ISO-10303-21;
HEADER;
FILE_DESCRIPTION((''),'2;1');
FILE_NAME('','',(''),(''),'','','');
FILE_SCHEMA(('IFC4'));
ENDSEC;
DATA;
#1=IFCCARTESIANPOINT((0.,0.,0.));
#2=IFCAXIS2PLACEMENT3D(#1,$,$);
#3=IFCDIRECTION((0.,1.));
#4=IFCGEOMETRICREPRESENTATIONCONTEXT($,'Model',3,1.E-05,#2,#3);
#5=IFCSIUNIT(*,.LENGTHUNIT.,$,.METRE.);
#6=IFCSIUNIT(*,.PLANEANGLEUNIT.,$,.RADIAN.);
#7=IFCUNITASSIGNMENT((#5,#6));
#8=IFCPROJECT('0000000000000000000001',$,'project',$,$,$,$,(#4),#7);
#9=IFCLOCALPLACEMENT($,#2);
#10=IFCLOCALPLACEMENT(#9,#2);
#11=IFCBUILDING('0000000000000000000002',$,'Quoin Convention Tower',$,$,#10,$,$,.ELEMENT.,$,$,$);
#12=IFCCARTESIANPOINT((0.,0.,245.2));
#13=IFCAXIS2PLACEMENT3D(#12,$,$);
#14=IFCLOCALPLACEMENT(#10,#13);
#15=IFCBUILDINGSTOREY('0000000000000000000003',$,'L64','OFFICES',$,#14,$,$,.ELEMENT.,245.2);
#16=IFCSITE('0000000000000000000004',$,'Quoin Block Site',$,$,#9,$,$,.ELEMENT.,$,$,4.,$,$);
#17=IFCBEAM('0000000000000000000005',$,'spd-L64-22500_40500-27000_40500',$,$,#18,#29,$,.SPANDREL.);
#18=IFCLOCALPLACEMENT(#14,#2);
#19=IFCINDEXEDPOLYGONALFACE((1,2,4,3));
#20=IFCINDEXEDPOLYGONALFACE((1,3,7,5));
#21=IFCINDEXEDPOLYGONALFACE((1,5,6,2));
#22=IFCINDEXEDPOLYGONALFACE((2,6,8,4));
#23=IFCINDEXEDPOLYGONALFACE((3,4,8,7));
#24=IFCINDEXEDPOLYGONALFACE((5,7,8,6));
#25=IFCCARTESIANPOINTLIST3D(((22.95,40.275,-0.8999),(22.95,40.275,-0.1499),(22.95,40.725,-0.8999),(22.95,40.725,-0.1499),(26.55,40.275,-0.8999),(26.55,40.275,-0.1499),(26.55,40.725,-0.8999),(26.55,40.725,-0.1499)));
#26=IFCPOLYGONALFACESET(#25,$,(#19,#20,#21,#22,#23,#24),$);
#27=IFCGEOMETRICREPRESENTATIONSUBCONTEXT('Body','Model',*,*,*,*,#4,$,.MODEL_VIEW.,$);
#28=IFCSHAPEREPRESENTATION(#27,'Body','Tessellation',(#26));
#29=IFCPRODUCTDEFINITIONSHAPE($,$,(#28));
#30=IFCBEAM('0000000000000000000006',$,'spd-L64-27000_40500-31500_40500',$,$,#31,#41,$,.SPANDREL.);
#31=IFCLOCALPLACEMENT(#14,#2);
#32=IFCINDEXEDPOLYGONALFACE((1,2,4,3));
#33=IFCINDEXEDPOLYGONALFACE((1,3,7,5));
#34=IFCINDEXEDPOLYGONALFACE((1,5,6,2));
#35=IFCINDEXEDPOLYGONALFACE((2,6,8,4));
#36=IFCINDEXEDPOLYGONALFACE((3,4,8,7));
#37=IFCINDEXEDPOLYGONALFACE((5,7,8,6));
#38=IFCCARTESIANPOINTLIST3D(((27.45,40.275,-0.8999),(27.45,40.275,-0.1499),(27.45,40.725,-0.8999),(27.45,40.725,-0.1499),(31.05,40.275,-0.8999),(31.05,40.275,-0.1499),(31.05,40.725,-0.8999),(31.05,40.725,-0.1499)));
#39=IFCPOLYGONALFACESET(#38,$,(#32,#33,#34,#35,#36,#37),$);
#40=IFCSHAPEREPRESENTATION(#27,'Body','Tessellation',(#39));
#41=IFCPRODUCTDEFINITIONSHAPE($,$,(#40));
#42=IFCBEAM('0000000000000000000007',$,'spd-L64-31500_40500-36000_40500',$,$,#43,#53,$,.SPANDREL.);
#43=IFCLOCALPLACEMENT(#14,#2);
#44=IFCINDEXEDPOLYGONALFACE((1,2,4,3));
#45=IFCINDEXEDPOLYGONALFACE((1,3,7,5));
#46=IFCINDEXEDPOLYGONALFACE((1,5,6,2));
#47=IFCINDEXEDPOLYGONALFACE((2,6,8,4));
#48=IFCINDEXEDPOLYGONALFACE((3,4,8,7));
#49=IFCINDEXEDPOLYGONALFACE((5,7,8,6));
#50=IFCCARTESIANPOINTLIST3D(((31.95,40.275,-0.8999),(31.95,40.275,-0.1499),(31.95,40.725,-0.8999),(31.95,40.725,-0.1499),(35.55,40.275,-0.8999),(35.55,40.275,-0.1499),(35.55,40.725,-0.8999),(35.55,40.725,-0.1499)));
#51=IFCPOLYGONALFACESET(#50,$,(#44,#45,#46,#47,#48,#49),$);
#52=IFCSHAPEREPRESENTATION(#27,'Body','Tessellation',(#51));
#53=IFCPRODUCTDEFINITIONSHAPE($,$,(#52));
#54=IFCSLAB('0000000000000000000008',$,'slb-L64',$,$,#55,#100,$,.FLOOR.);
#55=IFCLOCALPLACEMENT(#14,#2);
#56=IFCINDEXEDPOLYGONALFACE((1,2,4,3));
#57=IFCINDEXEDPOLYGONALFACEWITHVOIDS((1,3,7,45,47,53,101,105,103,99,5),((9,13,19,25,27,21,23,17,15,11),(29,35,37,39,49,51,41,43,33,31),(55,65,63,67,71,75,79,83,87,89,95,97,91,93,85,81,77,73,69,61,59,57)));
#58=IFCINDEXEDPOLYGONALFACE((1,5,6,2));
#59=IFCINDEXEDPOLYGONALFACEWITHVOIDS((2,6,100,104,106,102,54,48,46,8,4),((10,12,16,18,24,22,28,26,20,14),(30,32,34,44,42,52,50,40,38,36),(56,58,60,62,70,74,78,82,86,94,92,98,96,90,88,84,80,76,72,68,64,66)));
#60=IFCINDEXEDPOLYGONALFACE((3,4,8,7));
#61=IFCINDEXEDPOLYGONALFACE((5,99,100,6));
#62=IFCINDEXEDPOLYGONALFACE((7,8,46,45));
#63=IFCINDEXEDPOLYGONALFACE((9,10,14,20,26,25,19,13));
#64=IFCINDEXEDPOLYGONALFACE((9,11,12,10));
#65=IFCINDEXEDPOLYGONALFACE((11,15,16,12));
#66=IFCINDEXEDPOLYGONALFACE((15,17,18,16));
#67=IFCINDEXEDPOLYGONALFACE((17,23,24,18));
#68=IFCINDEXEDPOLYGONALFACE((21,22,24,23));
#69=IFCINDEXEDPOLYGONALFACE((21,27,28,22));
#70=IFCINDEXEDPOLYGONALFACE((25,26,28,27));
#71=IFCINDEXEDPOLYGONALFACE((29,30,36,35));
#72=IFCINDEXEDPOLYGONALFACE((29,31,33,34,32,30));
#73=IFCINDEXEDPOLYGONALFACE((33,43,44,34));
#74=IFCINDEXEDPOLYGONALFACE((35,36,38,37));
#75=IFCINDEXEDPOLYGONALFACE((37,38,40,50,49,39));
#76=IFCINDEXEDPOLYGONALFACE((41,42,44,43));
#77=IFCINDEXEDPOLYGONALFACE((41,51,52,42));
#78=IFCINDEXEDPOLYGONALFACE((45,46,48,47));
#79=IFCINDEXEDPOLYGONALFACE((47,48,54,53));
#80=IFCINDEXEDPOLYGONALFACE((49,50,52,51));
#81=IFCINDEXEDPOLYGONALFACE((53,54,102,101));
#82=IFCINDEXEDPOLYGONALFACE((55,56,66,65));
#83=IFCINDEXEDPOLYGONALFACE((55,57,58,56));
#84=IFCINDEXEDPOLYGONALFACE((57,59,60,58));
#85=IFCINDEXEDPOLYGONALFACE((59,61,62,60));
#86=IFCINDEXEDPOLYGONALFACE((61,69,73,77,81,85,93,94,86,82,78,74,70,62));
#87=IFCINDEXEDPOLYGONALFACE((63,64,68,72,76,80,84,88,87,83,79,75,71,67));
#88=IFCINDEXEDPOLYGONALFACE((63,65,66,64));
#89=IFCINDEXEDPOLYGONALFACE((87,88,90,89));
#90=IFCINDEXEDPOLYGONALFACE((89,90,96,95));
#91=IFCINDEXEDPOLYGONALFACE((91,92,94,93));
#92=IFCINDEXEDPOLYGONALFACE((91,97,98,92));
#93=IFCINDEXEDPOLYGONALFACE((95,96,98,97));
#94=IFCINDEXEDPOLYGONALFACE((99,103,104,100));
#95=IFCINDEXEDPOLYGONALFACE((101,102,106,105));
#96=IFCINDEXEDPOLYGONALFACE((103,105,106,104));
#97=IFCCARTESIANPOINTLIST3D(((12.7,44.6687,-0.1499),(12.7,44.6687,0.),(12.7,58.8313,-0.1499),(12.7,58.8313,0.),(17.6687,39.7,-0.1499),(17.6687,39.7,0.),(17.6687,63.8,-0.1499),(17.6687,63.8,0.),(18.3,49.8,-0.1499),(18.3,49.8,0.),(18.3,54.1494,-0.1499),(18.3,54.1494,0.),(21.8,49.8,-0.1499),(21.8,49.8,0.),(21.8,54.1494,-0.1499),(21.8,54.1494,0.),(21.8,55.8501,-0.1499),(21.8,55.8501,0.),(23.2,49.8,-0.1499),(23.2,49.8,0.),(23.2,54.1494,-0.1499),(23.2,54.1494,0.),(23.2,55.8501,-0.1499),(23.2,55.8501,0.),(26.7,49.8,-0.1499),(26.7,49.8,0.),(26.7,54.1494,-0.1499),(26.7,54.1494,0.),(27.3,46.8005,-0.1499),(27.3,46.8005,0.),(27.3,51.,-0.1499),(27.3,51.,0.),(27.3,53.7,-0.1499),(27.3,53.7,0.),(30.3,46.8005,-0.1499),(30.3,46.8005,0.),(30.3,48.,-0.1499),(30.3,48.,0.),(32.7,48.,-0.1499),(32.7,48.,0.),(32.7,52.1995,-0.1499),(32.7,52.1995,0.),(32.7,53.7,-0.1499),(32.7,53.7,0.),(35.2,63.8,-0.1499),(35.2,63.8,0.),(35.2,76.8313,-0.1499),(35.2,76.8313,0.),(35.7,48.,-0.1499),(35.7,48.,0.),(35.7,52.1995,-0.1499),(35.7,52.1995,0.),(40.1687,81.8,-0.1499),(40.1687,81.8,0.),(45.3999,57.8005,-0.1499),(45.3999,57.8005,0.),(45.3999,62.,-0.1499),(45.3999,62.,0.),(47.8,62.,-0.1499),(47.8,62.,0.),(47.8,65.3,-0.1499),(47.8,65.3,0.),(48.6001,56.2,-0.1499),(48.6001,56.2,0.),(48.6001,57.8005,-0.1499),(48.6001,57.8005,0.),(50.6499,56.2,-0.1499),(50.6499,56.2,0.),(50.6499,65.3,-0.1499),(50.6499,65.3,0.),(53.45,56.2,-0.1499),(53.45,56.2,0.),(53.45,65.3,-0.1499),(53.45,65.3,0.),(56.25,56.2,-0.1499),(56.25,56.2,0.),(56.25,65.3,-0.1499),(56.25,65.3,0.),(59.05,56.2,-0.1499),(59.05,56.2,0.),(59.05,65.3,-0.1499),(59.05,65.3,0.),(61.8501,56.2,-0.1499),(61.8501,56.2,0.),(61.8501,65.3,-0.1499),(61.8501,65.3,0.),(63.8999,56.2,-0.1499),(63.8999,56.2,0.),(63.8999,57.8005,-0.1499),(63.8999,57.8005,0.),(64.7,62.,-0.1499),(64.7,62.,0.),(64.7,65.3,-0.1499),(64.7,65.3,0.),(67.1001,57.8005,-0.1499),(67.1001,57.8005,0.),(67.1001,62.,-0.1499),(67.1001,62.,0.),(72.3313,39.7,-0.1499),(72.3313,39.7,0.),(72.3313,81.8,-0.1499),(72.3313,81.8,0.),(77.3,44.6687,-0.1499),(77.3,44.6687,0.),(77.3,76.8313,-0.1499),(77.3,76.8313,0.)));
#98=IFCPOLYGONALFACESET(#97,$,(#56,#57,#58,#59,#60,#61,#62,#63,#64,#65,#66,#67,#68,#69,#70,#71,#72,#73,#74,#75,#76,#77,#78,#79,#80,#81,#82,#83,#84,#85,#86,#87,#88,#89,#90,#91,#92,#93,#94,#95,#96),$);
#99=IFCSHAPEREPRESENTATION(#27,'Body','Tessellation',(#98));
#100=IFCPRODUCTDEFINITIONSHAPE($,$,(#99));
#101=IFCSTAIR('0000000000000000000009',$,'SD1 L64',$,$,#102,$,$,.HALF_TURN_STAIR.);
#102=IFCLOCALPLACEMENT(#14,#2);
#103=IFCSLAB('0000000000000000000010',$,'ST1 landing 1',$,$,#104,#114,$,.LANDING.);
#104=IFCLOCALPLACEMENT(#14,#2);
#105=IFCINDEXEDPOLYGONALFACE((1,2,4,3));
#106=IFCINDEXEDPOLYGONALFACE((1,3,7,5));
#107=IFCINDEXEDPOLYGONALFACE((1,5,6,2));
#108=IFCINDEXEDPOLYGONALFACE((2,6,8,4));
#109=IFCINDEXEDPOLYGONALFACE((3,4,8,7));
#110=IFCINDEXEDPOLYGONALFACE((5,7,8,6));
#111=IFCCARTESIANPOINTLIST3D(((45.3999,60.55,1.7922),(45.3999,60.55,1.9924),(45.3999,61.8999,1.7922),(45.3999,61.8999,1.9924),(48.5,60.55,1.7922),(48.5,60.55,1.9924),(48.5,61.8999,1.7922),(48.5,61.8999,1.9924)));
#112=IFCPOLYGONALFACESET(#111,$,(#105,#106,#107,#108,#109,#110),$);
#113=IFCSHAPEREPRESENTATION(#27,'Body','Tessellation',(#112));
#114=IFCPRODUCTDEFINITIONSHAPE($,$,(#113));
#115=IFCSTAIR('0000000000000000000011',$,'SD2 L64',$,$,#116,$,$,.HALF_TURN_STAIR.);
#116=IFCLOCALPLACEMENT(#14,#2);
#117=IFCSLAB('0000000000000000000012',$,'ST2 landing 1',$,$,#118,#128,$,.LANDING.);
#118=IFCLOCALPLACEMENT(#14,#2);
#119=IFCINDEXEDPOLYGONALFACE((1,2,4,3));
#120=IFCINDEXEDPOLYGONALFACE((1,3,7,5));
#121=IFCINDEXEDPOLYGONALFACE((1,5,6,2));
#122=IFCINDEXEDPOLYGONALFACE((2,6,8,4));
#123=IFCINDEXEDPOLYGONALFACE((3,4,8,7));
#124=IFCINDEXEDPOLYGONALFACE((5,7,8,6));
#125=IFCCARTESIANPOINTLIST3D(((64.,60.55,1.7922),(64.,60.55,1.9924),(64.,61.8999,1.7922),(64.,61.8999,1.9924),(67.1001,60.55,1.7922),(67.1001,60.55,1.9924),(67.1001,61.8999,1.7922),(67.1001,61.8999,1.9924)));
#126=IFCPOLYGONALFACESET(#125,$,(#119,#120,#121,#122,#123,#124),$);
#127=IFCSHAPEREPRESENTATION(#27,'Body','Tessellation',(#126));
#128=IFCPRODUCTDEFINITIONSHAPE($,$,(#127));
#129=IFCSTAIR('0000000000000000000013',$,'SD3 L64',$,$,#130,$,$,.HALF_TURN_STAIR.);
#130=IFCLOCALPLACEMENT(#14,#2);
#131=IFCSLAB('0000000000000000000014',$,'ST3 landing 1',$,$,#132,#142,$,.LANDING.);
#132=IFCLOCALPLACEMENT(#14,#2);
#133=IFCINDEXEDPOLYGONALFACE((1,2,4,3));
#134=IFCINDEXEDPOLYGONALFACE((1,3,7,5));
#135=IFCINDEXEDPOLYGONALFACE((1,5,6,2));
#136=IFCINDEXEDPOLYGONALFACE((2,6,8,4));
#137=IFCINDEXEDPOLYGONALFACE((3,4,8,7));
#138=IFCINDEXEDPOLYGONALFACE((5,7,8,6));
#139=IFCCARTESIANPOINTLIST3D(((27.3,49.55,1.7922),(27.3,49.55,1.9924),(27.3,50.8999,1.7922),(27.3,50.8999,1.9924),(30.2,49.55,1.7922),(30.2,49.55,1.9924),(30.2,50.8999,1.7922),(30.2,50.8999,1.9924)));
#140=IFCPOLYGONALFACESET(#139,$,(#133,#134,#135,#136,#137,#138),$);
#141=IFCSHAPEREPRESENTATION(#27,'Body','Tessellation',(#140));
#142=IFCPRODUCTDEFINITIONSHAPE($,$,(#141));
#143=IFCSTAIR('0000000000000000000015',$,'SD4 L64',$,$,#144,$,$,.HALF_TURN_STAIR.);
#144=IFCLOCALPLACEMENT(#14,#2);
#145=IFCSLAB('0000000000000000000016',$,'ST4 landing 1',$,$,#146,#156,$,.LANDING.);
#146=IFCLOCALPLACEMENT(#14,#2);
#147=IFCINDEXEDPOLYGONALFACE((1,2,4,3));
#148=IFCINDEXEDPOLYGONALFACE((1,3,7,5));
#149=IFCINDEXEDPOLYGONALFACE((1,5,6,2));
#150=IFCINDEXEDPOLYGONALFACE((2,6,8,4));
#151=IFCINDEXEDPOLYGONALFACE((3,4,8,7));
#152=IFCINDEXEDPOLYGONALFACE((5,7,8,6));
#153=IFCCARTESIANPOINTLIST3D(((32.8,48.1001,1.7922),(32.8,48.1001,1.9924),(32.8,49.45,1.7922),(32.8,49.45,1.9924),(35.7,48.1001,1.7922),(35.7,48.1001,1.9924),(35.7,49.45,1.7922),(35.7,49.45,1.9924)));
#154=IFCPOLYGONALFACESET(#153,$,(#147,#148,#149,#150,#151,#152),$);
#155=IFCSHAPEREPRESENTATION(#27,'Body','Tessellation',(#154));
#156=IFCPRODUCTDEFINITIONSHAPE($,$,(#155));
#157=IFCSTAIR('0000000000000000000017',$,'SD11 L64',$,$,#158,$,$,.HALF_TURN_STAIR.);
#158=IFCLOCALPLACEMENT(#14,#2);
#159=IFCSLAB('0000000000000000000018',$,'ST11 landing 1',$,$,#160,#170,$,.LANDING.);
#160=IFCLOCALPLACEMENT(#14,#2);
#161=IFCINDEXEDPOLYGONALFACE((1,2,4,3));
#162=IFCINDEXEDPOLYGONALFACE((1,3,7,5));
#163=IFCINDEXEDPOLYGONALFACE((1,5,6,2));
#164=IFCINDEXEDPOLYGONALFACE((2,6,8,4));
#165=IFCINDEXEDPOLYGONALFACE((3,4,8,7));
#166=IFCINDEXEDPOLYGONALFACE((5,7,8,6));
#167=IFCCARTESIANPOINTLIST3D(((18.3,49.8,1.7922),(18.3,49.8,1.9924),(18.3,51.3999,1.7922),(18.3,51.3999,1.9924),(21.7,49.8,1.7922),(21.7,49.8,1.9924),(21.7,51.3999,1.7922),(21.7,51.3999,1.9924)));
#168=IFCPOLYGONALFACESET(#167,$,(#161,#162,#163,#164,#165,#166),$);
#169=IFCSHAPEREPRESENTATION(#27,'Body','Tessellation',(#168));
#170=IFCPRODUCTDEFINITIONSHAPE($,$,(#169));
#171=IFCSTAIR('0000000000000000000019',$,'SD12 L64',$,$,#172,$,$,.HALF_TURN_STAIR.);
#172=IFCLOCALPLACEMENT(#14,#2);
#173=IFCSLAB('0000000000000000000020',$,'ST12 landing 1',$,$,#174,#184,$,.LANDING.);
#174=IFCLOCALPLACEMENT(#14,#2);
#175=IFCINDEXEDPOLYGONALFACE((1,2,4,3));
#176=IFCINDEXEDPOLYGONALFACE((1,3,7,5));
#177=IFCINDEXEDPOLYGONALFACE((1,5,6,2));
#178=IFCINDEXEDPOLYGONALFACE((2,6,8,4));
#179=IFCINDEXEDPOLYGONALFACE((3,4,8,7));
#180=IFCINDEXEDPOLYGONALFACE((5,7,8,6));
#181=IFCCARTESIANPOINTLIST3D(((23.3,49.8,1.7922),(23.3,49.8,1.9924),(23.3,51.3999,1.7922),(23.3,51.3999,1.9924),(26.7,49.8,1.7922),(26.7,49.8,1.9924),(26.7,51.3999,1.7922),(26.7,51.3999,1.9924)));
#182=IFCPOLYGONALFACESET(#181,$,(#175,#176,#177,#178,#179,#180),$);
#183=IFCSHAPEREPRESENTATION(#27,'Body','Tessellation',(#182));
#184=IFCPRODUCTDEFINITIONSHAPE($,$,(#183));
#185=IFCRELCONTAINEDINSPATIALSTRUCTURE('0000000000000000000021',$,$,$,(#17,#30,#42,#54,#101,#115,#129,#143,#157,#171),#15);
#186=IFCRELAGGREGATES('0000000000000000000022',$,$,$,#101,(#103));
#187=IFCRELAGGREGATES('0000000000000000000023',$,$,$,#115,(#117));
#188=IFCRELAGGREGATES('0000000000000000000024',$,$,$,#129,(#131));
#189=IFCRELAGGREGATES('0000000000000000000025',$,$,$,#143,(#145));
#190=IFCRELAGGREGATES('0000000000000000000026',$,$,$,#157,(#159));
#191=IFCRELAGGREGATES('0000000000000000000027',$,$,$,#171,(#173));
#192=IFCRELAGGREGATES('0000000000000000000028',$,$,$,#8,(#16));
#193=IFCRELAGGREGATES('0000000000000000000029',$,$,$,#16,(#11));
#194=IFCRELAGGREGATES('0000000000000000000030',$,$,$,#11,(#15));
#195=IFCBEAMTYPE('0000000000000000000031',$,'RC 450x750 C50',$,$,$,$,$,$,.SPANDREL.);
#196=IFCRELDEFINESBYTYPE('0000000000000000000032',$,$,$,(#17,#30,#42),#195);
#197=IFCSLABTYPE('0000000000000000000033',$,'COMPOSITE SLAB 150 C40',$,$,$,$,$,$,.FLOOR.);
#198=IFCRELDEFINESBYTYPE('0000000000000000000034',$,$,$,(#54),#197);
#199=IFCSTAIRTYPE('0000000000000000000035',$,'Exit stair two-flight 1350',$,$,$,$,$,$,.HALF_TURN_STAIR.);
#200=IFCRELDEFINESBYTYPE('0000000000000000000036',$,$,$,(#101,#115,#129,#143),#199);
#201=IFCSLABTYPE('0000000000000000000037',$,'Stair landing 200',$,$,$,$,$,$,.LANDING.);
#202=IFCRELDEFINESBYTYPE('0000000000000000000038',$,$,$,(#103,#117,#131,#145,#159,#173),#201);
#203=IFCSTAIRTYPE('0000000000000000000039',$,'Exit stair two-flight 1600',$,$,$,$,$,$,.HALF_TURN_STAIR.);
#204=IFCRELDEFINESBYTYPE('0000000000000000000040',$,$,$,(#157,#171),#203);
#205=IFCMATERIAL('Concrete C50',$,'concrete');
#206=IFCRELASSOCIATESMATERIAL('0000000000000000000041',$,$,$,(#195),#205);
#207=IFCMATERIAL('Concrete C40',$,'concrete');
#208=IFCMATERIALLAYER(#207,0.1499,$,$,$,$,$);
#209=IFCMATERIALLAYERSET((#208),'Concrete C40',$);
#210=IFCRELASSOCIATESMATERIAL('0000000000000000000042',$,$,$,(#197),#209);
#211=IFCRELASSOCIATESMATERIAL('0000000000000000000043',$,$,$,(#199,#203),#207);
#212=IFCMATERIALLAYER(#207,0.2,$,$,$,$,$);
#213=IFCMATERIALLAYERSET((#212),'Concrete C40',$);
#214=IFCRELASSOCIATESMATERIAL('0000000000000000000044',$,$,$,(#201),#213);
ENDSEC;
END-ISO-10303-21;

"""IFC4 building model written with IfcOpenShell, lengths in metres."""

from ifc_helpers import new_model, si_unit, direction, frame, origin, origin_2d, place, context, subcontext, project, spatial, polyline, rectangle, outline, extrude, material, layer, layer_set, material_profile, profile_set, type_object, element, aggregate, save


model = new_model("IFC4")

# Units and contexts
model_context = context("Model", 3, precision=1e-05, world=origin(), true_north=direction((0.0, 1.0)))
body_context = subcontext(model_context, "Body", "Model", "MODEL_VIEW")
ifc_project = project(units=[si_unit("LENGTHUNIT", "METRE"), si_unit("PLANEANGLEUNIT", "RADIAN")], contexts=[model_context])

# Site, building, storey
site_placement = place(None, origin())
site = spatial("IfcSite", under=ifc_project, at=site_placement, Name="Quoin Block Site", CompositionType="ELEMENT", RefElevation=4.0)
building_placement = place(site_placement, origin())
building = spatial("IfcBuilding", under=site, at=building_placement, Name="Quoin Convention Tower", CompositionType="ELEMENT")
storey_placement = place(building_placement, frame((0.0, 0.0, 245.2)))
storey = spatial("IfcBuildingStorey", under=building, at=storey_placement, Name="L64", Description="OFFICES", CompositionType="ELEMENT", Elevation=245.2)

# Shared definitions
ifc_material_1 = material(Name="Concrete C50", Category="concrete")

# Beams
ifc_material_profile_1 = material_profile(ifc_material_1, rectangle(XDim=0.45, YDim=0.75, at=origin_2d()), Name="RC 450x750")
ifc_profile_set_1 = profile_set([ifc_material_profile_1], Name="Concrete C50")
beam_type_1 = type_object("IfcBeamType", Name="RC 450x750 C50", PredefinedType="SPANDREL", material=ifc_profile_set_1)
for number, where, z_axis, x_axis, name in (
    (1, (22.95, 40.5, -0.5249), (1.0, 0.0, 0.0), (0.0, 1.0, 0.0), "spd-L64-22500_40500-27000_40500"),
    (2, (27.45, 40.5, -0.5249), (1.0, 0.0, 0.0), (0.0, 1.0, 0.0), "spd-L64-27000_40500-31500_40500"),
    (3, (31.95, 40.5, -0.5249), (1.0, 0.0, 0.0), (0.0, 1.0, 0.0), "spd-L64-31500_40500-36000_40500"),
):
    element("IfcBeam", number, at=place(storey_placement, frame(where, z_axis=z_axis, x_axis=x_axis)), inside=storey, type_object=beam_type_1, Name=name, PredefinedType="SPANDREL", context=body_context, shape_type="SweptSolid", body=[
        extrude(rectangle(XDim=0.45, YDim=0.75, at=origin_2d()), origin(), (0.0, 0.0, 1.0), 3.6001),
    ])

# Slab
ifc_material_2 = material(Name="Concrete C40", Category="concrete")
ifc_layer_1 = layer(ifc_material_2, 0.1499)
ifc_layer_set_1 = layer_set([ifc_layer_1], Name="Concrete C40")
slab_type_1 = type_object("IfcSlabType", Name="COMPOSITE SLAB 150 C40", PredefinedType="FLOOR", material=ifc_layer_set_1)
slab_1_placement = place(storey_placement, frame((0.0, 0.0, -0.1499)))
element("IfcSlab", 4, at=slab_1_placement, inside=storey, type_object=slab_type_1, Name="slb-L64", PredefinedType="FLOOR", context=body_context, shape_type="SweptSolid", body=[
    extrude(outline(polyline([(17.6687, 39.7), (12.7, 44.6687), (12.7, 58.8313), (17.6687, 63.8), (35.2, 63.8), (35.2, 76.8313), (40.1687, 81.8), (72.3313, 81.8), (77.3, 76.8313), (77.3, 44.6687), (72.3313, 39.7), (17.6687, 39.7)]), holes=[polyline([(27.3, 51.0), (27.3, 46.8005), (30.3, 46.8005), (30.3, 48.0), (32.7, 48.0), (35.7, 48.0), (35.7, 52.1995), (32.7, 52.1995), (32.7, 53.7), (27.3, 53.7), (27.3, 51.0)]), polyline([(18.3, 49.8), (21.8, 49.8), (23.2, 49.8), (26.7, 49.8), (26.7, 54.1494), (23.2, 54.1494), (23.2, 55.8501), (21.8, 55.8501), (21.8, 54.1494), (18.3, 54.1494), (18.3, 49.8)]), polyline([(48.6001, 56.2), (50.6499, 56.2), (53.45, 56.2), (56.25, 56.2), (59.05, 56.2), (61.8501, 56.2), (63.8999, 56.2), (63.8999, 57.8005), (67.1001, 57.8005), (67.1001, 62.0), (64.7, 62.0), (64.7, 65.3), (61.8501, 65.3), (59.05, 65.3), (56.25, 65.3), (53.45, 65.3), (50.6499, 65.3), (47.8, 65.3), (47.8, 62.0), (45.3999, 62.0), (45.3999, 57.8005), (48.6001, 57.8005), (48.6001, 56.2)])]), origin(), (0.0, 0.0, 1.0), 0.1499),
])

# Stairs, slabs
stair_type_1 = type_object("IfcStairType", Name="Exit stair two-flight 1350", PredefinedType="HALF_TURN_STAIR", material=ifc_material_2)
stair_1_placement = place(storey_placement, origin())
stair_1 = element("IfcStair", 5, at=stair_1_placement, inside=storey, type_object=stair_type_1, Name="SD1 L64", PredefinedType="HALF_TURN_STAIR")
ifc_layer_2 = layer(ifc_material_2, 0.2)
ifc_layer_set_2 = layer_set([ifc_layer_2], Name="Concrete C40")
slab_type_2 = type_object("IfcSlabType", Name="Stair landing 200", PredefinedType="LANDING", material=ifc_layer_set_2)
slab_2_placement = place(storey_placement, frame((0.0, 0.0, 1.7922)))
slab_2 = element("IfcSlab", 6, at=slab_2_placement, type_object=slab_type_2, Name="ST1 landing 1", PredefinedType="LANDING", context=body_context, shape_type="SweptSolid", body=[
    extrude(outline(polyline([(45.3999, 60.55), (48.5, 60.55), (48.5, 61.8999), (45.3999, 61.8999), (45.3999, 60.55)])), origin(), (0.0, 0.0, 1.0), 0.2002),
])
aggregate(stair_1, [slab_2])
stair_2_placement = place(storey_placement, origin())
stair_2 = element("IfcStair", 7, at=stair_2_placement, inside=storey, type_object=stair_type_1, Name="SD2 L64", PredefinedType="HALF_TURN_STAIR")
slab_3_placement = place(storey_placement, frame((0.0, 0.0, 1.7922)))
slab_3 = element("IfcSlab", 8, at=slab_3_placement, type_object=slab_type_2, Name="ST2 landing 1", PredefinedType="LANDING", context=body_context, shape_type="SweptSolid", body=[
    extrude(outline(polyline([(64.0, 60.55), (67.1001, 60.55), (67.1001, 61.8999), (64.0, 61.8999), (64.0, 60.55)])), origin(), (0.0, 0.0, 1.0), 0.2002),
])
aggregate(stair_2, [slab_3])
stair_3_placement = place(storey_placement, origin())
stair_3 = element("IfcStair", 9, at=stair_3_placement, inside=storey, type_object=stair_type_1, Name="SD3 L64", PredefinedType="HALF_TURN_STAIR")
slab_4_placement = place(storey_placement, frame((0.0, 0.0, 1.7922)))
slab_4 = element("IfcSlab", 10, at=slab_4_placement, type_object=slab_type_2, Name="ST3 landing 1", PredefinedType="LANDING", context=body_context, shape_type="SweptSolid", body=[
    extrude(outline(polyline([(27.3, 49.55), (30.2, 49.55), (30.2, 50.8999), (27.3, 50.8999), (27.3, 49.55)])), origin(), (0.0, 0.0, 1.0), 0.2002),
])
aggregate(stair_3, [slab_4])
stair_4_placement = place(storey_placement, origin())
stair_4 = element("IfcStair", 11, at=stair_4_placement, inside=storey, type_object=stair_type_1, Name="SD4 L64", PredefinedType="HALF_TURN_STAIR")
slab_5_placement = place(storey_placement, frame((0.0, 0.0, 1.7922)))
slab_5 = element("IfcSlab", 12, at=slab_5_placement, type_object=slab_type_2, Name="ST4 landing 1", PredefinedType="LANDING", context=body_context, shape_type="SweptSolid", body=[
    extrude(outline(polyline([(35.7, 49.45), (32.8, 49.45), (32.8, 48.1001), (35.7, 48.1001), (35.7, 49.45)])), origin(), (0.0, 0.0, 1.0), 0.2002),
])
aggregate(stair_4, [slab_5])
stair_type_2 = type_object("IfcStairType", Name="Exit stair two-flight 1600", PredefinedType="HALF_TURN_STAIR", material=ifc_material_2)
stair_5_placement = place(storey_placement, origin())
stair_5 = element("IfcStair", 13, at=stair_5_placement, inside=storey, type_object=stair_type_2, Name="SD11 L64", PredefinedType="HALF_TURN_STAIR")
slab_6_placement = place(storey_placement, frame((0.0, 0.0, 1.7922)))
slab_6 = element("IfcSlab", 14, at=slab_6_placement, type_object=slab_type_2, Name="ST11 landing 1", PredefinedType="LANDING", context=body_context, shape_type="SweptSolid", body=[
    extrude(outline(polyline([(21.7, 51.3999), (18.3, 51.3999), (18.3, 49.8), (21.7, 49.8), (21.7, 51.3999)])), origin(), (0.0, 0.0, 1.0), 0.2002),
])
aggregate(stair_5, [slab_6])
stair_6_placement = place(storey_placement, origin())
stair_6 = element("IfcStair", 15, at=stair_6_placement, inside=storey, type_object=stair_type_2, Name="SD12 L64", PredefinedType="HALF_TURN_STAIR")
slab_7_placement = place(storey_placement, frame((0.0, 0.0, 1.7922)))
slab_7 = element("IfcSlab", 16, at=slab_7_placement, type_object=slab_type_2, Name="ST12 landing 1", PredefinedType="LANDING", context=body_context, shape_type="SweptSolid", body=[
    extrude(outline(polyline([(26.7, 51.3999), (23.3, 51.3999), (23.3, 49.8), (26.7, 49.8), (26.7, 51.3999)])), origin(), (0.0, 0.0, 1.0), 0.2002),
])
aggregate(stair_6, [slab_7])

save(model, "model.ifc")
